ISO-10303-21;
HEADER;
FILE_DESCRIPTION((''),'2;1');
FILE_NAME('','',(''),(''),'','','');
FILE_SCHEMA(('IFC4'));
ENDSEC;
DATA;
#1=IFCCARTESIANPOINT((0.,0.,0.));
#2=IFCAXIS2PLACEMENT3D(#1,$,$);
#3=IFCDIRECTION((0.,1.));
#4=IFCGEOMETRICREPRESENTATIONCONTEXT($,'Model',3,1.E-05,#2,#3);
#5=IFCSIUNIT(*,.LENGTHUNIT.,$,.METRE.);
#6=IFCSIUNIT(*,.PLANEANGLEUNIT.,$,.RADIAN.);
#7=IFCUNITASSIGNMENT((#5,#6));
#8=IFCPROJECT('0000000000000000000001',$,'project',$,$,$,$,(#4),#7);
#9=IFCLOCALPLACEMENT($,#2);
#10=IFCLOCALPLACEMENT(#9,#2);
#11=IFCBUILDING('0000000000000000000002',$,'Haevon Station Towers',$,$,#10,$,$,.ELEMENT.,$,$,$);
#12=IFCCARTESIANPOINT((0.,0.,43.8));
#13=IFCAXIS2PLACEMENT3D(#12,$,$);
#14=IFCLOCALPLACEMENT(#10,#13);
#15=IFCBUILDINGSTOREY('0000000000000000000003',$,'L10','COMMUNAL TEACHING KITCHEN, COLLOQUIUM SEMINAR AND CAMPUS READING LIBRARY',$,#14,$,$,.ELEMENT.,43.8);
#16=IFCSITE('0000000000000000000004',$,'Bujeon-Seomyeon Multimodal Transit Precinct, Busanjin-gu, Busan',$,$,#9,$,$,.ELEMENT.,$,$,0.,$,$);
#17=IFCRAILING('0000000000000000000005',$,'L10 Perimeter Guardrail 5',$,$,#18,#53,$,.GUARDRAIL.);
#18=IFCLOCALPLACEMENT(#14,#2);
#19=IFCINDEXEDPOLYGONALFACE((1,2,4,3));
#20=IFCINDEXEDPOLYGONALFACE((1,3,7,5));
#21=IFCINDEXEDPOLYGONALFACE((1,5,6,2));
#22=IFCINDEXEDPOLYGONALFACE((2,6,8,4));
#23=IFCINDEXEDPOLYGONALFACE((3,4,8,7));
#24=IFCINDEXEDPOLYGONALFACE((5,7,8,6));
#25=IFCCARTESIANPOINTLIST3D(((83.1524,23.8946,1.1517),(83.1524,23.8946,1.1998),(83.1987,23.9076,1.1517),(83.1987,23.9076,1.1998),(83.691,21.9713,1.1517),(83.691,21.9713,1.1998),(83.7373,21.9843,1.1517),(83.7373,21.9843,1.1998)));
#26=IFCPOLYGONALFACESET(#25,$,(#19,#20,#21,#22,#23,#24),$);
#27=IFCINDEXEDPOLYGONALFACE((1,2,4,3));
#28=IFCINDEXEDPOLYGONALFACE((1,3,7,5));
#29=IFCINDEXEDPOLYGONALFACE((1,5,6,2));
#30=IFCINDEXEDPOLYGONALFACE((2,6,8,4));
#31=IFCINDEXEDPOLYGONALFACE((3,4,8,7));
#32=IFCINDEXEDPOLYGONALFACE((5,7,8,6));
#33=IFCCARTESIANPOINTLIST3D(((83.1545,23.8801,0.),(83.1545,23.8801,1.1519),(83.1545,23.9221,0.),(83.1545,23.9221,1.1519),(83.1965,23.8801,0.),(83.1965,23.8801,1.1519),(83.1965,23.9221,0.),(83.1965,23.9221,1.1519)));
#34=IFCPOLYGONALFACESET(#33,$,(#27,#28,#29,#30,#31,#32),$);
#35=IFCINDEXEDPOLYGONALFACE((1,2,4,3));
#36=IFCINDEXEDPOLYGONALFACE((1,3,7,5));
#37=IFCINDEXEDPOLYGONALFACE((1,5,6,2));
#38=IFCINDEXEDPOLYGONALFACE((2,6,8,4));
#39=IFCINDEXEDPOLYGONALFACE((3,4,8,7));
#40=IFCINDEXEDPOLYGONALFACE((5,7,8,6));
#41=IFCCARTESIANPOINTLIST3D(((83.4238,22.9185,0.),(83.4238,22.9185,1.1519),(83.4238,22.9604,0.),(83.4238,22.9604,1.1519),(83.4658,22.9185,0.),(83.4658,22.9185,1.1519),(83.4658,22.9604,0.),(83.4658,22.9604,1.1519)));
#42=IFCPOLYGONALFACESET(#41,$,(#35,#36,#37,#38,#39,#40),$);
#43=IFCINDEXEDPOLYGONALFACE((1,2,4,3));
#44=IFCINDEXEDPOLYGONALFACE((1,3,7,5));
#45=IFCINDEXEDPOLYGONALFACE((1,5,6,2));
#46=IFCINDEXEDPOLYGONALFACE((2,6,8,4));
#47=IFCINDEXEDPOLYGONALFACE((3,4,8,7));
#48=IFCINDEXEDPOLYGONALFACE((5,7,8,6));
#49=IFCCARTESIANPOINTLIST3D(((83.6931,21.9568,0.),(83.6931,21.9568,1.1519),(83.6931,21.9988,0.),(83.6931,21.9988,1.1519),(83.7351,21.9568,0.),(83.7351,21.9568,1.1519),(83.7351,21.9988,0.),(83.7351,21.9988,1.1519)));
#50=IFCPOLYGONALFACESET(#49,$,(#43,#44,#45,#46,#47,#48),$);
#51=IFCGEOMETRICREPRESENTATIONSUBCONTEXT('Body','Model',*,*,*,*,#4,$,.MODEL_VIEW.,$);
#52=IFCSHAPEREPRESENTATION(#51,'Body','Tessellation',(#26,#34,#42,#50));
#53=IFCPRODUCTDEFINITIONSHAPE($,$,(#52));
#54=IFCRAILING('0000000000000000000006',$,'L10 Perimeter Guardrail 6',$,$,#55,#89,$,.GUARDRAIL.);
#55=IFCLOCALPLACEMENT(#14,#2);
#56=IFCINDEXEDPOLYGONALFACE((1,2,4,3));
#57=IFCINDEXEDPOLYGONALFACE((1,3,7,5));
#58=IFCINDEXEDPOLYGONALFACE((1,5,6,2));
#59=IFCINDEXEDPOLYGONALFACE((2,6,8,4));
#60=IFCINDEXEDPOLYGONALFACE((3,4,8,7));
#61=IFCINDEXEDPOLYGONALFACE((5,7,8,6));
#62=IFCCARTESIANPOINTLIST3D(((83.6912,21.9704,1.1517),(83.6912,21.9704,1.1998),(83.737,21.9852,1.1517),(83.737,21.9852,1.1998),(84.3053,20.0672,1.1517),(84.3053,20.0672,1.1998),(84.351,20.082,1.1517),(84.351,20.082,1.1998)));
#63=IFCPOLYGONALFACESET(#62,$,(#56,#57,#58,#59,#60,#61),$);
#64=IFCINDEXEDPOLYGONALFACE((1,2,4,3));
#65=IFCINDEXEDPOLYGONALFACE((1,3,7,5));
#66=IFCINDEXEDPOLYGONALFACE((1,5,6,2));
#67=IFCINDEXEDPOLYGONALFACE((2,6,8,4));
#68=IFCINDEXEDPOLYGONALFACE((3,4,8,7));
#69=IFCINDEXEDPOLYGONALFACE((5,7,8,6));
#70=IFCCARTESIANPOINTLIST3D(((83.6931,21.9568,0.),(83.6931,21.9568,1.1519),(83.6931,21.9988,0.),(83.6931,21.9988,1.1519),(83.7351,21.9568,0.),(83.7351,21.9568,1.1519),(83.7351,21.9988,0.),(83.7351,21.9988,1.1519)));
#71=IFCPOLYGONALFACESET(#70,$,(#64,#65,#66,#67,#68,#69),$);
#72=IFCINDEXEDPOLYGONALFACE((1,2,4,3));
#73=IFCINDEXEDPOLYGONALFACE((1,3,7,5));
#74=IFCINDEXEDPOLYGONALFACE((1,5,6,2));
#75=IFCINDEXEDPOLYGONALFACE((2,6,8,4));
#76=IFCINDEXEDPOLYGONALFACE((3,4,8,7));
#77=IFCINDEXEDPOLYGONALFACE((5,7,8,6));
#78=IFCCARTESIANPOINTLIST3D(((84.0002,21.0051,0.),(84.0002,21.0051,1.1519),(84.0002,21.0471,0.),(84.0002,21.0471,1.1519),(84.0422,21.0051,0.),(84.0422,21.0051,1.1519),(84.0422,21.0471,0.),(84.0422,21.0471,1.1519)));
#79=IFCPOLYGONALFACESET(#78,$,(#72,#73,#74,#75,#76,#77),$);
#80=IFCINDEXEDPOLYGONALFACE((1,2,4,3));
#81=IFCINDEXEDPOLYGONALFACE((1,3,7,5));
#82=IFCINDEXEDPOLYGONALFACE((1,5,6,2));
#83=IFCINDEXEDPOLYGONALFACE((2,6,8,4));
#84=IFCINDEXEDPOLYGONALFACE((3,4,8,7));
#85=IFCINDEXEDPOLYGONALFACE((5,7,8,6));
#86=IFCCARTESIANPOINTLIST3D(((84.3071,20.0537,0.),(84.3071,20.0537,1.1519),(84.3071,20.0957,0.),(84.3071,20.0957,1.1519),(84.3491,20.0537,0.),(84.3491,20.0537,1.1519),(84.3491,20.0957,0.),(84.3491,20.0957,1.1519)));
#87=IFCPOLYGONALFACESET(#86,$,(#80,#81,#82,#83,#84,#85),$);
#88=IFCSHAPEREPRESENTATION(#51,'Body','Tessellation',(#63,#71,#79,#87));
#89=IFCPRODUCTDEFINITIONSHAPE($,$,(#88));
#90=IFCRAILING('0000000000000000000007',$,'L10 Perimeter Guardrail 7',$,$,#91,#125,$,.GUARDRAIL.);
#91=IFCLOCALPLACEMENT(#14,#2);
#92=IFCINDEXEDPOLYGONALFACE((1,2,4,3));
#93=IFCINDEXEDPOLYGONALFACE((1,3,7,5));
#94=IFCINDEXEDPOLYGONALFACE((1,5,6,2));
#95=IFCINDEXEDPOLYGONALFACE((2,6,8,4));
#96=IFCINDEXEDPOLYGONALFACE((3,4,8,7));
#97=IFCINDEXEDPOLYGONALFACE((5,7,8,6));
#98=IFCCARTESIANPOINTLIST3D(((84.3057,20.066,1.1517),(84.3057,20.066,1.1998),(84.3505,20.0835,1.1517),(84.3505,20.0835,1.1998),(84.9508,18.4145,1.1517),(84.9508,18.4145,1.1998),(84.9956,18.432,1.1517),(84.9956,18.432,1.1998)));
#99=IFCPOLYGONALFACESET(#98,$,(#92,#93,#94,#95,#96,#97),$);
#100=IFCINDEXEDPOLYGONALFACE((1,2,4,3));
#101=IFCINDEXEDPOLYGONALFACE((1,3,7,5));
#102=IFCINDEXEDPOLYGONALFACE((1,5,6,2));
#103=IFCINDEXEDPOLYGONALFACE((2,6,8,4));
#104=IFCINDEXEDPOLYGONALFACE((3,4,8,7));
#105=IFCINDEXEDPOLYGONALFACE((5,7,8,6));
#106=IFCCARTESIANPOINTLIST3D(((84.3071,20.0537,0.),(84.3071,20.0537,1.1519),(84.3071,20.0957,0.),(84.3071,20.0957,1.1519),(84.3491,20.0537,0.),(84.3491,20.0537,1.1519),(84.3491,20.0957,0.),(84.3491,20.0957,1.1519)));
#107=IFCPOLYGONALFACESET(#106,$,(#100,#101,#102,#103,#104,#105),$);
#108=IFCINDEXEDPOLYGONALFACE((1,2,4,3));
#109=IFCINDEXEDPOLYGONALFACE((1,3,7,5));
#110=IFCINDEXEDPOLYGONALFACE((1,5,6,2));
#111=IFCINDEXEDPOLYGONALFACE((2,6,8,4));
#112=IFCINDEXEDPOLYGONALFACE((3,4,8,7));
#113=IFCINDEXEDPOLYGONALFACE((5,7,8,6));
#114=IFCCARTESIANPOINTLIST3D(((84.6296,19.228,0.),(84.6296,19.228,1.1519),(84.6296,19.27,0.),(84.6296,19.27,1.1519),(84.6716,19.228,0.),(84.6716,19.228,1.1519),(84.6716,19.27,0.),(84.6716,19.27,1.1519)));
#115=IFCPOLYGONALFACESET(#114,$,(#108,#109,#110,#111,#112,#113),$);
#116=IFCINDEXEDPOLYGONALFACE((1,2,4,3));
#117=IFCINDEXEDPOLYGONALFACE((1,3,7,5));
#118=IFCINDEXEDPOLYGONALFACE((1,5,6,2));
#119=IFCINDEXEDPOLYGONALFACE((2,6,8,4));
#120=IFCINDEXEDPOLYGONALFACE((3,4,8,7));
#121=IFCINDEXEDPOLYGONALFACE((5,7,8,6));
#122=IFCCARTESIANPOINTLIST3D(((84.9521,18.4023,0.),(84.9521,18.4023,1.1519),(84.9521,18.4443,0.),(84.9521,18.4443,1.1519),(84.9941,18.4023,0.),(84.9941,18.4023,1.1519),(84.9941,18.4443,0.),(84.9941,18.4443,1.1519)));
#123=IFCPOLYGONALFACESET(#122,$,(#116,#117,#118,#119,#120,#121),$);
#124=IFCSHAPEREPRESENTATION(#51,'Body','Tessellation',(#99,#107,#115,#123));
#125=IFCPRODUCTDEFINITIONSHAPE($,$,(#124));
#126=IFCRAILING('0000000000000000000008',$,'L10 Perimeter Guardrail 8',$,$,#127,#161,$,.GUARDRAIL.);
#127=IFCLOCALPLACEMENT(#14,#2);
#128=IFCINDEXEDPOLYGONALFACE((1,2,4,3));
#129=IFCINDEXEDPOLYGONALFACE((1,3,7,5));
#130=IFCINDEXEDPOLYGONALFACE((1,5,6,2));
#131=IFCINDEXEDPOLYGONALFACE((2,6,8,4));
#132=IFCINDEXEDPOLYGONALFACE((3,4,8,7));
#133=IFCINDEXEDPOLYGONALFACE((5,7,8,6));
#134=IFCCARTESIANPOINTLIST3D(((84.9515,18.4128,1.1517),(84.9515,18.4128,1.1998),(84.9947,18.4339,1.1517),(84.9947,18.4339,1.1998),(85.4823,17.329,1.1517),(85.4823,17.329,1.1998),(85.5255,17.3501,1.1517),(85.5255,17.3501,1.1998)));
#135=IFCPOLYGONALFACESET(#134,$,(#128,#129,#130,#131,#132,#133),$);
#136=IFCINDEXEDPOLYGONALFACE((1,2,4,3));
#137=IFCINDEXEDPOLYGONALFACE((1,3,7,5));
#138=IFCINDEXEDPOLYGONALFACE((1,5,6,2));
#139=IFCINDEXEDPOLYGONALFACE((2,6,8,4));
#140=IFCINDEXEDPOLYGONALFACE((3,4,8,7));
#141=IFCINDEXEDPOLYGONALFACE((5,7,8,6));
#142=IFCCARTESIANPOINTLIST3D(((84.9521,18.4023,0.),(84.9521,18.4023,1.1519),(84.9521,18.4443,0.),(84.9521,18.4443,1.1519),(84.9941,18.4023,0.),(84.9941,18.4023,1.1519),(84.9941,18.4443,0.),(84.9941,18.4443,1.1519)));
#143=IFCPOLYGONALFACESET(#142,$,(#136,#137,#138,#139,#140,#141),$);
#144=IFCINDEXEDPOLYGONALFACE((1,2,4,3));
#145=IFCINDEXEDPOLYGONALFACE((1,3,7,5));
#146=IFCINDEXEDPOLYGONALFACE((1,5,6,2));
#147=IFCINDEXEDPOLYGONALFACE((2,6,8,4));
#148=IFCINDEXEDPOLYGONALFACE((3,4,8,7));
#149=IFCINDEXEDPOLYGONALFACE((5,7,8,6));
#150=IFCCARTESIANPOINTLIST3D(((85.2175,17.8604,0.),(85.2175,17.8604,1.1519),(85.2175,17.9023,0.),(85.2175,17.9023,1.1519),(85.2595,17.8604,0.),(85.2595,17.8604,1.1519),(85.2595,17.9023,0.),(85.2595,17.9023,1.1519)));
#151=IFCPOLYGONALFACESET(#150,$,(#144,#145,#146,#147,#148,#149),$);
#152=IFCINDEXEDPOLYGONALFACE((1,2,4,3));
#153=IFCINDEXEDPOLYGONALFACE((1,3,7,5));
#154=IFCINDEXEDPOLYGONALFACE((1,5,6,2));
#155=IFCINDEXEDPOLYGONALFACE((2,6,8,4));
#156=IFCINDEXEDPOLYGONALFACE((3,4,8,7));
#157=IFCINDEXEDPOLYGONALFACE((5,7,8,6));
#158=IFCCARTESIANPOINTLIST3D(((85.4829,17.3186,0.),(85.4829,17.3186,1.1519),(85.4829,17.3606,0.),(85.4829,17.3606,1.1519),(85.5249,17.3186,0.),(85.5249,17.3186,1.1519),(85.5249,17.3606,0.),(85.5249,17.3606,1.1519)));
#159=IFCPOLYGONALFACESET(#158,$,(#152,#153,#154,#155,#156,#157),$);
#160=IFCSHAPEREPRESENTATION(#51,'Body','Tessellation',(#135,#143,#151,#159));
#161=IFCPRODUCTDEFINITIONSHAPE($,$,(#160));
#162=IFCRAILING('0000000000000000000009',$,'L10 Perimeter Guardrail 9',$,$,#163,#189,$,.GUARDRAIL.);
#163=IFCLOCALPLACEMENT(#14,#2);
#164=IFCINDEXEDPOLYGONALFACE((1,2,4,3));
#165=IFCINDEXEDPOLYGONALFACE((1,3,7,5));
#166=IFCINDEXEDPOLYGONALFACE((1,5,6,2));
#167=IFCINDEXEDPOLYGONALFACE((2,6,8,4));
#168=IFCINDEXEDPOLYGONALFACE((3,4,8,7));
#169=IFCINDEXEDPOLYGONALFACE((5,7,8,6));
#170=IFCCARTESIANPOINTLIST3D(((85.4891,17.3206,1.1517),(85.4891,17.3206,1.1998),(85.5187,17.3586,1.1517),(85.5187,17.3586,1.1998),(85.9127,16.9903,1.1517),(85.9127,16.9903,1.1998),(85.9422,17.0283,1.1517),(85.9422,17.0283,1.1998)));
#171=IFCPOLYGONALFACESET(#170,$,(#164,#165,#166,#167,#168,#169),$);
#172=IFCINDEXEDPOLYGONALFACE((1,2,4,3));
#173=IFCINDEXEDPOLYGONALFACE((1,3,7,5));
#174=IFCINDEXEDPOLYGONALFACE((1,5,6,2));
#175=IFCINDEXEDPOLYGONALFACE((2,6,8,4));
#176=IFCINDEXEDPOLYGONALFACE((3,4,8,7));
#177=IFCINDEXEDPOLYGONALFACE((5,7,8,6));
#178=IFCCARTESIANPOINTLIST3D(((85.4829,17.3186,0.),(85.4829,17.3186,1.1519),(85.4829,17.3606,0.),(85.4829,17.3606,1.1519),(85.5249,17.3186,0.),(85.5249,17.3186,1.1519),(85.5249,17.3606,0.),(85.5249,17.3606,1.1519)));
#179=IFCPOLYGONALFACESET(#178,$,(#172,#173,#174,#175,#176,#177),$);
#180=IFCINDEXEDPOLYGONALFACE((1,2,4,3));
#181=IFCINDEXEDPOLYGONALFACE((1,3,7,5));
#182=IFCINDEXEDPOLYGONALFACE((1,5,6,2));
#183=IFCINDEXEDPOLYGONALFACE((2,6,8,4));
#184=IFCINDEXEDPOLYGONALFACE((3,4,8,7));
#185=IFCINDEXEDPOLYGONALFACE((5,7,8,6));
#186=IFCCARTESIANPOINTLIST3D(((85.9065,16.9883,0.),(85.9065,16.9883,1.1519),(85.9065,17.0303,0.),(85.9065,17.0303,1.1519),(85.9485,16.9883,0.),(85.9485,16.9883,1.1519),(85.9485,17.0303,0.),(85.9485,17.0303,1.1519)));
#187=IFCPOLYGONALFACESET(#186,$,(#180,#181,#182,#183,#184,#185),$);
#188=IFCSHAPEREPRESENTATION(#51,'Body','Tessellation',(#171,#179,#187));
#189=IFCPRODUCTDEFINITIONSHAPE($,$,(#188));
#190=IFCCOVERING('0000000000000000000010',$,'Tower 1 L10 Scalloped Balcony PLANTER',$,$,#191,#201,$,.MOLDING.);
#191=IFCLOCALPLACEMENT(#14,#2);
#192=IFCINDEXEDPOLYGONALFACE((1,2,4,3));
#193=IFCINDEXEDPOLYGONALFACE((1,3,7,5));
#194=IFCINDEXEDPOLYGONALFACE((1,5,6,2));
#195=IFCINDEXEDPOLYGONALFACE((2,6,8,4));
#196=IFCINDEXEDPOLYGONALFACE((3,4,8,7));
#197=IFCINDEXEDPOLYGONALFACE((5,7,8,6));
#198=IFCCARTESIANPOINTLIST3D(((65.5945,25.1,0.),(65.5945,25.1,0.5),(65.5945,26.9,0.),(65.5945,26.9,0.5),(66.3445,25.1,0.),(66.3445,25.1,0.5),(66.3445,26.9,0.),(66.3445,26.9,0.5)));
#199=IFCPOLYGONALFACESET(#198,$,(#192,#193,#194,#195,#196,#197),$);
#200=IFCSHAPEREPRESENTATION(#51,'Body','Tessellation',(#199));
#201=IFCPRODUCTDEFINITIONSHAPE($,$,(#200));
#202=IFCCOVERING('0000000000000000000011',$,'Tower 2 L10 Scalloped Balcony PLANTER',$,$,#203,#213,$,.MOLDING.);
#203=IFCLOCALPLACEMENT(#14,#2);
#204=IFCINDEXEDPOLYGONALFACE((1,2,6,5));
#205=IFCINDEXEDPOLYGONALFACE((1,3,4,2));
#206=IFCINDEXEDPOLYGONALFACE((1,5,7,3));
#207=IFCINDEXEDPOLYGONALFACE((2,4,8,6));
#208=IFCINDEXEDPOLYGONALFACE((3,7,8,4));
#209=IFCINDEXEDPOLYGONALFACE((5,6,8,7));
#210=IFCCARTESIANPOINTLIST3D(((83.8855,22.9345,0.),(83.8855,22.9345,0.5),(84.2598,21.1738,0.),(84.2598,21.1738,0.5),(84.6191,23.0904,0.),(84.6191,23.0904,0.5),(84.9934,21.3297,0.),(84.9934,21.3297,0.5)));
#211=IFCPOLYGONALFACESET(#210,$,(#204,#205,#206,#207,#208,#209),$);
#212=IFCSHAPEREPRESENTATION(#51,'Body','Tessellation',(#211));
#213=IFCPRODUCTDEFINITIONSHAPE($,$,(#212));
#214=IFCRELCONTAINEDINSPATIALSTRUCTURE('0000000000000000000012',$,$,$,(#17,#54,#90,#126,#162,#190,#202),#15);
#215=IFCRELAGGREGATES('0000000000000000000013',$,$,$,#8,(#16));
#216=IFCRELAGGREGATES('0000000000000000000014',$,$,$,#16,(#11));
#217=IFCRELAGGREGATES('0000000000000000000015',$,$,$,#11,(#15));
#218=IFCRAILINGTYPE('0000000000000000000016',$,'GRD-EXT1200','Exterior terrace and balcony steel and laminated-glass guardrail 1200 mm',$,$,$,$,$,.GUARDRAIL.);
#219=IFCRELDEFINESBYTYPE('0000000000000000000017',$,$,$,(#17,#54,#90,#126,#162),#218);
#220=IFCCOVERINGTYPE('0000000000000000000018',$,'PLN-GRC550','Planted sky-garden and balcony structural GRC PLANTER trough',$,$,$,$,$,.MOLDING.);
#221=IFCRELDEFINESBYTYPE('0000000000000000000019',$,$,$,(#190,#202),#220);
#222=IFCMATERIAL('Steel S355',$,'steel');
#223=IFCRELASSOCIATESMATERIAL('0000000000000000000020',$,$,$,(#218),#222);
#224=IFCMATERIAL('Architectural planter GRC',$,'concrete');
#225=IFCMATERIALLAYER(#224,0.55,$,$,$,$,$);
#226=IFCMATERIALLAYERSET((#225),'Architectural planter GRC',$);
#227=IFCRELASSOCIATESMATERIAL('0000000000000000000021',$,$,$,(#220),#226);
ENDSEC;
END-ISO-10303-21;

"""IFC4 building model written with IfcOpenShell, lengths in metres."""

from ifc_helpers import new_model, si_unit, direction, frame, origin, origin_2d, place, context, subcontext, project, spatial, rectangle, extrude, material, layer, layer_set, type_object, element, save


model = new_model("IFC4")

# Units and contexts
model_context = context("Model", 3, precision=1e-05, world=origin(), true_north=direction((0.0, 1.0)))
body_context = subcontext(model_context, "Body", "Model", "MODEL_VIEW")
ifc_project = project(units=[si_unit("LENGTHUNIT", "METRE"), si_unit("PLANEANGLEUNIT", "RADIAN")], contexts=[model_context])

# Site, building, storey
site_placement = place(None, origin())
site = spatial("IfcSite", under=ifc_project, at=site_placement, Name="Bujeon-Seomyeon Multimodal Transit Precinct, Busanjin-gu, Busan", CompositionType="ELEMENT", RefElevation=0.0)
building_placement = place(site_placement, origin())
building = spatial("IfcBuilding", under=site, at=building_placement, Name="Haevon Station Towers", CompositionType="ELEMENT")
storey_placement = place(building_placement, frame((0.0, 0.0, 43.8)))
storey = spatial("IfcBuildingStorey", under=building, at=storey_placement, Name="L10", Description="COMMUNAL TEACHING KITCHEN, COLLOQUIUM SEMINAR AND CAMPUS READING LIBRARY", CompositionType="ELEMENT", Elevation=43.8)

# Shared definitions
ifc_material_1 = material(Name="Steel S355", Category="steel")

# Railings
railing_type = type_object("IfcRailingType", Name="GRD-EXT1200", Description="Exterior terrace and balcony steel and laminated-glass guardrail 1200 mm", PredefinedType="GUARDRAIL", material=ifc_material_1)
railing_1_placement = place(storey_placement, frame((83.1755, 23.9011, 0.0)))
element("IfcRailing", 1, at=railing_1_placement, inside=storey, type_object=railing_type, Name="L10 Perimeter Guardrail 5", PredefinedType="GUARDRAIL", context=body_context, shape_type="SweptSolid", body=[
    extrude(rectangle(XDim=0.0481, YDim=0.0481, at=origin_2d()), frame((0.0, 0.0, 1.1758), z_axis=(0.269648, -0.962959, 0.0), x_axis=(0.962959, 0.269648, 0.0)), (0.0, 0.0, 1.0), 1.9973),
    extrude(rectangle(XDim=0.042, YDim=0.042, at=origin_2d()), origin(), (0.0, 0.0, 1.0), 1.1519),
    extrude(rectangle(XDim=0.042, YDim=0.042, at=origin_2d()), frame((0.2693, -0.9617, 0.0)), (0.0, 0.0, 1.0), 1.1519),
    extrude(rectangle(XDim=0.042, YDim=0.042, at=origin_2d()), frame((0.5386, -1.9233, 0.0)), (0.0, 0.0, 1.0), 1.1519),
])
railing_2_placement = place(storey_placement, frame((83.7141, 21.9778, 0.0)))
element("IfcRailing", 2, at=railing_2_placement, inside=storey, type_object=railing_type, Name="L10 Perimeter Guardrail 6", PredefinedType="GUARDRAIL", context=body_context, shape_type="SweptSolid", body=[
    extrude(rectangle(XDim=0.0481, YDim=0.0481, at=origin_2d()), frame((0.0, 0.0, 1.1758), z_axis=(0.307056, -0.951691, 0.0), x_axis=(0.951691, 0.307056, 0.0)), (0.0, 0.0, 1.0), 1.9998),
    extrude(rectangle(XDim=0.042, YDim=0.042, at=origin_2d()), origin(), (0.0, 0.0, 1.0), 1.1519),
    extrude(rectangle(XDim=0.042, YDim=0.042, at=origin_2d()), frame((0.3071, -0.9517, 0.0)), (0.0, 0.0, 1.0), 1.1519),
    extrude(rectangle(XDim=0.042, YDim=0.042, at=origin_2d()), frame((0.614, -1.9031, 0.0)), (0.0, 0.0, 1.0), 1.1519),
])
railing_3_placement = place(storey_placement, frame((84.3281, 20.0747, 0.0)))
element("IfcRailing", 3, at=railing_3_placement, inside=storey, type_object=railing_type, Name="L10 Perimeter Guardrail 7", PredefinedType="GUARDRAIL", context=body_context, shape_type="SweptSolid", body=[
    extrude(rectangle(XDim=0.0481, YDim=0.0481, at=origin_2d()), frame((0.0, 0.0, 1.1758), z_axis=(0.363828, -0.931466, 0.0), x_axis=(0.931466, 0.363828, 0.0)), (0.0, 0.0, 1.0), 1.7729),
    extrude(rectangle(XDim=0.042, YDim=0.042, at=origin_2d()), origin(), (0.0, 0.0, 1.0), 1.1519),
    extrude(rectangle(XDim=0.042, YDim=0.042, at=origin_2d()), frame((0.3225, -0.8257, 0.0)), (0.0, 0.0, 1.0), 1.1519),
    extrude(rectangle(XDim=0.042, YDim=0.042, at=origin_2d()), frame((0.645, -1.6514, 0.0)), (0.0, 0.0, 1.0), 1.1519),
])
railing_4_placement = place(storey_placement, frame((84.9731, 18.4233, 0.0)))
element("IfcRailing", 4, at=railing_4_placement, inside=storey, type_object=railing_type, Name="L10 Perimeter Guardrail 8", PredefinedType="GUARDRAIL", context=body_context, shape_type="SweptSolid", body=[
    extrude(rectangle(XDim=0.0481, YDim=0.0481, at=origin_2d()), frame((0.0, 0.0, 1.1758), z_axis=(0.439834, -0.898079, 0.0), x_axis=(0.898079, 0.439834, 0.0)), (0.0, 0.0, 1.0), 1.2068),
    extrude(rectangle(XDim=0.042, YDim=0.042, at=origin_2d()), origin(), (0.0, 0.0, 1.0), 1.1519),
    extrude(rectangle(XDim=0.042, YDim=0.042, at=origin_2d()), frame((0.2654, -0.542, 0.0)), (0.0, 0.0, 1.0), 1.1519),
    extrude(rectangle(XDim=0.042, YDim=0.042, at=origin_2d()), frame((0.5308, -1.0837, 0.0)), (0.0, 0.0, 1.0), 1.1519),
])
railing_5_placement = place(storey_placement, frame((85.5039, 17.3396, 0.0)))
element("IfcRailing", 5, at=railing_5_placement, inside=storey, type_object=railing_type, Name="L10 Perimeter Guardrail 9", PredefinedType="GUARDRAIL", context=body_context, shape_type="SweptSolid", body=[
    extrude(rectangle(XDim=0.0481, YDim=0.0481, at=origin_2d()), frame((0.0, 0.0, 1.1758), z_axis=(0.788568, -0.614947, 0.0), x_axis=(0.614947, 0.788568, 0.0)), (0.0, 0.0, 1.0), 0.5371),
    extrude(rectangle(XDim=0.042, YDim=0.042, at=origin_2d()), origin(), (0.0, 0.0, 1.0), 1.1519),
    extrude(rectangle(XDim=0.042, YDim=0.042, at=origin_2d()), frame((0.4236, -0.3303, 0.0)), (0.0, 0.0, 1.0), 1.1519),
])

# Coverings
ifc_material_2 = material(Name="Architectural planter GRC", Category="concrete")
ifc_layer_1 = layer(ifc_material_2, 0.55)
ifc_layer_set_1 = layer_set([ifc_layer_1], Name="Architectural planter GRC")
covering_type = type_object("IfcCoveringType", Name="PLN-GRC550", Description="Planted sky-garden and balcony structural GRC PLANTER trough", PredefinedType="MOLDING", material=ifc_layer_set_1)
for number, where, z_axis, x_axis, name in (
    (6, (65.9695, 26.0, 0.0), (0.0, 0.0, 1.0), (1.0, 0.0, 0.0), "Tower 1 L10 Scalloped Balcony PLANTER"),
    (7, (84.4395, 22.1321, 0.0), (0.0, 0.0, 1.0), (0.978148, 0.207912, 0.0), "Tower 2 L10 Scalloped Balcony PLANTER"),
):
    element("IfcCovering", number, at=place(storey_placement, frame(where, z_axis=z_axis, x_axis=x_axis)), inside=storey, type_object=covering_type, Name=name, PredefinedType="MOLDING", context=body_context, shape_type="SweptSolid", body=[
        extrude(rectangle(XDim=0.75, YDim=1.8, at=origin_2d()), origin(), (0.0, 0.0, 1.0), 0.5),
    ])

save(model, "model.ifc")
